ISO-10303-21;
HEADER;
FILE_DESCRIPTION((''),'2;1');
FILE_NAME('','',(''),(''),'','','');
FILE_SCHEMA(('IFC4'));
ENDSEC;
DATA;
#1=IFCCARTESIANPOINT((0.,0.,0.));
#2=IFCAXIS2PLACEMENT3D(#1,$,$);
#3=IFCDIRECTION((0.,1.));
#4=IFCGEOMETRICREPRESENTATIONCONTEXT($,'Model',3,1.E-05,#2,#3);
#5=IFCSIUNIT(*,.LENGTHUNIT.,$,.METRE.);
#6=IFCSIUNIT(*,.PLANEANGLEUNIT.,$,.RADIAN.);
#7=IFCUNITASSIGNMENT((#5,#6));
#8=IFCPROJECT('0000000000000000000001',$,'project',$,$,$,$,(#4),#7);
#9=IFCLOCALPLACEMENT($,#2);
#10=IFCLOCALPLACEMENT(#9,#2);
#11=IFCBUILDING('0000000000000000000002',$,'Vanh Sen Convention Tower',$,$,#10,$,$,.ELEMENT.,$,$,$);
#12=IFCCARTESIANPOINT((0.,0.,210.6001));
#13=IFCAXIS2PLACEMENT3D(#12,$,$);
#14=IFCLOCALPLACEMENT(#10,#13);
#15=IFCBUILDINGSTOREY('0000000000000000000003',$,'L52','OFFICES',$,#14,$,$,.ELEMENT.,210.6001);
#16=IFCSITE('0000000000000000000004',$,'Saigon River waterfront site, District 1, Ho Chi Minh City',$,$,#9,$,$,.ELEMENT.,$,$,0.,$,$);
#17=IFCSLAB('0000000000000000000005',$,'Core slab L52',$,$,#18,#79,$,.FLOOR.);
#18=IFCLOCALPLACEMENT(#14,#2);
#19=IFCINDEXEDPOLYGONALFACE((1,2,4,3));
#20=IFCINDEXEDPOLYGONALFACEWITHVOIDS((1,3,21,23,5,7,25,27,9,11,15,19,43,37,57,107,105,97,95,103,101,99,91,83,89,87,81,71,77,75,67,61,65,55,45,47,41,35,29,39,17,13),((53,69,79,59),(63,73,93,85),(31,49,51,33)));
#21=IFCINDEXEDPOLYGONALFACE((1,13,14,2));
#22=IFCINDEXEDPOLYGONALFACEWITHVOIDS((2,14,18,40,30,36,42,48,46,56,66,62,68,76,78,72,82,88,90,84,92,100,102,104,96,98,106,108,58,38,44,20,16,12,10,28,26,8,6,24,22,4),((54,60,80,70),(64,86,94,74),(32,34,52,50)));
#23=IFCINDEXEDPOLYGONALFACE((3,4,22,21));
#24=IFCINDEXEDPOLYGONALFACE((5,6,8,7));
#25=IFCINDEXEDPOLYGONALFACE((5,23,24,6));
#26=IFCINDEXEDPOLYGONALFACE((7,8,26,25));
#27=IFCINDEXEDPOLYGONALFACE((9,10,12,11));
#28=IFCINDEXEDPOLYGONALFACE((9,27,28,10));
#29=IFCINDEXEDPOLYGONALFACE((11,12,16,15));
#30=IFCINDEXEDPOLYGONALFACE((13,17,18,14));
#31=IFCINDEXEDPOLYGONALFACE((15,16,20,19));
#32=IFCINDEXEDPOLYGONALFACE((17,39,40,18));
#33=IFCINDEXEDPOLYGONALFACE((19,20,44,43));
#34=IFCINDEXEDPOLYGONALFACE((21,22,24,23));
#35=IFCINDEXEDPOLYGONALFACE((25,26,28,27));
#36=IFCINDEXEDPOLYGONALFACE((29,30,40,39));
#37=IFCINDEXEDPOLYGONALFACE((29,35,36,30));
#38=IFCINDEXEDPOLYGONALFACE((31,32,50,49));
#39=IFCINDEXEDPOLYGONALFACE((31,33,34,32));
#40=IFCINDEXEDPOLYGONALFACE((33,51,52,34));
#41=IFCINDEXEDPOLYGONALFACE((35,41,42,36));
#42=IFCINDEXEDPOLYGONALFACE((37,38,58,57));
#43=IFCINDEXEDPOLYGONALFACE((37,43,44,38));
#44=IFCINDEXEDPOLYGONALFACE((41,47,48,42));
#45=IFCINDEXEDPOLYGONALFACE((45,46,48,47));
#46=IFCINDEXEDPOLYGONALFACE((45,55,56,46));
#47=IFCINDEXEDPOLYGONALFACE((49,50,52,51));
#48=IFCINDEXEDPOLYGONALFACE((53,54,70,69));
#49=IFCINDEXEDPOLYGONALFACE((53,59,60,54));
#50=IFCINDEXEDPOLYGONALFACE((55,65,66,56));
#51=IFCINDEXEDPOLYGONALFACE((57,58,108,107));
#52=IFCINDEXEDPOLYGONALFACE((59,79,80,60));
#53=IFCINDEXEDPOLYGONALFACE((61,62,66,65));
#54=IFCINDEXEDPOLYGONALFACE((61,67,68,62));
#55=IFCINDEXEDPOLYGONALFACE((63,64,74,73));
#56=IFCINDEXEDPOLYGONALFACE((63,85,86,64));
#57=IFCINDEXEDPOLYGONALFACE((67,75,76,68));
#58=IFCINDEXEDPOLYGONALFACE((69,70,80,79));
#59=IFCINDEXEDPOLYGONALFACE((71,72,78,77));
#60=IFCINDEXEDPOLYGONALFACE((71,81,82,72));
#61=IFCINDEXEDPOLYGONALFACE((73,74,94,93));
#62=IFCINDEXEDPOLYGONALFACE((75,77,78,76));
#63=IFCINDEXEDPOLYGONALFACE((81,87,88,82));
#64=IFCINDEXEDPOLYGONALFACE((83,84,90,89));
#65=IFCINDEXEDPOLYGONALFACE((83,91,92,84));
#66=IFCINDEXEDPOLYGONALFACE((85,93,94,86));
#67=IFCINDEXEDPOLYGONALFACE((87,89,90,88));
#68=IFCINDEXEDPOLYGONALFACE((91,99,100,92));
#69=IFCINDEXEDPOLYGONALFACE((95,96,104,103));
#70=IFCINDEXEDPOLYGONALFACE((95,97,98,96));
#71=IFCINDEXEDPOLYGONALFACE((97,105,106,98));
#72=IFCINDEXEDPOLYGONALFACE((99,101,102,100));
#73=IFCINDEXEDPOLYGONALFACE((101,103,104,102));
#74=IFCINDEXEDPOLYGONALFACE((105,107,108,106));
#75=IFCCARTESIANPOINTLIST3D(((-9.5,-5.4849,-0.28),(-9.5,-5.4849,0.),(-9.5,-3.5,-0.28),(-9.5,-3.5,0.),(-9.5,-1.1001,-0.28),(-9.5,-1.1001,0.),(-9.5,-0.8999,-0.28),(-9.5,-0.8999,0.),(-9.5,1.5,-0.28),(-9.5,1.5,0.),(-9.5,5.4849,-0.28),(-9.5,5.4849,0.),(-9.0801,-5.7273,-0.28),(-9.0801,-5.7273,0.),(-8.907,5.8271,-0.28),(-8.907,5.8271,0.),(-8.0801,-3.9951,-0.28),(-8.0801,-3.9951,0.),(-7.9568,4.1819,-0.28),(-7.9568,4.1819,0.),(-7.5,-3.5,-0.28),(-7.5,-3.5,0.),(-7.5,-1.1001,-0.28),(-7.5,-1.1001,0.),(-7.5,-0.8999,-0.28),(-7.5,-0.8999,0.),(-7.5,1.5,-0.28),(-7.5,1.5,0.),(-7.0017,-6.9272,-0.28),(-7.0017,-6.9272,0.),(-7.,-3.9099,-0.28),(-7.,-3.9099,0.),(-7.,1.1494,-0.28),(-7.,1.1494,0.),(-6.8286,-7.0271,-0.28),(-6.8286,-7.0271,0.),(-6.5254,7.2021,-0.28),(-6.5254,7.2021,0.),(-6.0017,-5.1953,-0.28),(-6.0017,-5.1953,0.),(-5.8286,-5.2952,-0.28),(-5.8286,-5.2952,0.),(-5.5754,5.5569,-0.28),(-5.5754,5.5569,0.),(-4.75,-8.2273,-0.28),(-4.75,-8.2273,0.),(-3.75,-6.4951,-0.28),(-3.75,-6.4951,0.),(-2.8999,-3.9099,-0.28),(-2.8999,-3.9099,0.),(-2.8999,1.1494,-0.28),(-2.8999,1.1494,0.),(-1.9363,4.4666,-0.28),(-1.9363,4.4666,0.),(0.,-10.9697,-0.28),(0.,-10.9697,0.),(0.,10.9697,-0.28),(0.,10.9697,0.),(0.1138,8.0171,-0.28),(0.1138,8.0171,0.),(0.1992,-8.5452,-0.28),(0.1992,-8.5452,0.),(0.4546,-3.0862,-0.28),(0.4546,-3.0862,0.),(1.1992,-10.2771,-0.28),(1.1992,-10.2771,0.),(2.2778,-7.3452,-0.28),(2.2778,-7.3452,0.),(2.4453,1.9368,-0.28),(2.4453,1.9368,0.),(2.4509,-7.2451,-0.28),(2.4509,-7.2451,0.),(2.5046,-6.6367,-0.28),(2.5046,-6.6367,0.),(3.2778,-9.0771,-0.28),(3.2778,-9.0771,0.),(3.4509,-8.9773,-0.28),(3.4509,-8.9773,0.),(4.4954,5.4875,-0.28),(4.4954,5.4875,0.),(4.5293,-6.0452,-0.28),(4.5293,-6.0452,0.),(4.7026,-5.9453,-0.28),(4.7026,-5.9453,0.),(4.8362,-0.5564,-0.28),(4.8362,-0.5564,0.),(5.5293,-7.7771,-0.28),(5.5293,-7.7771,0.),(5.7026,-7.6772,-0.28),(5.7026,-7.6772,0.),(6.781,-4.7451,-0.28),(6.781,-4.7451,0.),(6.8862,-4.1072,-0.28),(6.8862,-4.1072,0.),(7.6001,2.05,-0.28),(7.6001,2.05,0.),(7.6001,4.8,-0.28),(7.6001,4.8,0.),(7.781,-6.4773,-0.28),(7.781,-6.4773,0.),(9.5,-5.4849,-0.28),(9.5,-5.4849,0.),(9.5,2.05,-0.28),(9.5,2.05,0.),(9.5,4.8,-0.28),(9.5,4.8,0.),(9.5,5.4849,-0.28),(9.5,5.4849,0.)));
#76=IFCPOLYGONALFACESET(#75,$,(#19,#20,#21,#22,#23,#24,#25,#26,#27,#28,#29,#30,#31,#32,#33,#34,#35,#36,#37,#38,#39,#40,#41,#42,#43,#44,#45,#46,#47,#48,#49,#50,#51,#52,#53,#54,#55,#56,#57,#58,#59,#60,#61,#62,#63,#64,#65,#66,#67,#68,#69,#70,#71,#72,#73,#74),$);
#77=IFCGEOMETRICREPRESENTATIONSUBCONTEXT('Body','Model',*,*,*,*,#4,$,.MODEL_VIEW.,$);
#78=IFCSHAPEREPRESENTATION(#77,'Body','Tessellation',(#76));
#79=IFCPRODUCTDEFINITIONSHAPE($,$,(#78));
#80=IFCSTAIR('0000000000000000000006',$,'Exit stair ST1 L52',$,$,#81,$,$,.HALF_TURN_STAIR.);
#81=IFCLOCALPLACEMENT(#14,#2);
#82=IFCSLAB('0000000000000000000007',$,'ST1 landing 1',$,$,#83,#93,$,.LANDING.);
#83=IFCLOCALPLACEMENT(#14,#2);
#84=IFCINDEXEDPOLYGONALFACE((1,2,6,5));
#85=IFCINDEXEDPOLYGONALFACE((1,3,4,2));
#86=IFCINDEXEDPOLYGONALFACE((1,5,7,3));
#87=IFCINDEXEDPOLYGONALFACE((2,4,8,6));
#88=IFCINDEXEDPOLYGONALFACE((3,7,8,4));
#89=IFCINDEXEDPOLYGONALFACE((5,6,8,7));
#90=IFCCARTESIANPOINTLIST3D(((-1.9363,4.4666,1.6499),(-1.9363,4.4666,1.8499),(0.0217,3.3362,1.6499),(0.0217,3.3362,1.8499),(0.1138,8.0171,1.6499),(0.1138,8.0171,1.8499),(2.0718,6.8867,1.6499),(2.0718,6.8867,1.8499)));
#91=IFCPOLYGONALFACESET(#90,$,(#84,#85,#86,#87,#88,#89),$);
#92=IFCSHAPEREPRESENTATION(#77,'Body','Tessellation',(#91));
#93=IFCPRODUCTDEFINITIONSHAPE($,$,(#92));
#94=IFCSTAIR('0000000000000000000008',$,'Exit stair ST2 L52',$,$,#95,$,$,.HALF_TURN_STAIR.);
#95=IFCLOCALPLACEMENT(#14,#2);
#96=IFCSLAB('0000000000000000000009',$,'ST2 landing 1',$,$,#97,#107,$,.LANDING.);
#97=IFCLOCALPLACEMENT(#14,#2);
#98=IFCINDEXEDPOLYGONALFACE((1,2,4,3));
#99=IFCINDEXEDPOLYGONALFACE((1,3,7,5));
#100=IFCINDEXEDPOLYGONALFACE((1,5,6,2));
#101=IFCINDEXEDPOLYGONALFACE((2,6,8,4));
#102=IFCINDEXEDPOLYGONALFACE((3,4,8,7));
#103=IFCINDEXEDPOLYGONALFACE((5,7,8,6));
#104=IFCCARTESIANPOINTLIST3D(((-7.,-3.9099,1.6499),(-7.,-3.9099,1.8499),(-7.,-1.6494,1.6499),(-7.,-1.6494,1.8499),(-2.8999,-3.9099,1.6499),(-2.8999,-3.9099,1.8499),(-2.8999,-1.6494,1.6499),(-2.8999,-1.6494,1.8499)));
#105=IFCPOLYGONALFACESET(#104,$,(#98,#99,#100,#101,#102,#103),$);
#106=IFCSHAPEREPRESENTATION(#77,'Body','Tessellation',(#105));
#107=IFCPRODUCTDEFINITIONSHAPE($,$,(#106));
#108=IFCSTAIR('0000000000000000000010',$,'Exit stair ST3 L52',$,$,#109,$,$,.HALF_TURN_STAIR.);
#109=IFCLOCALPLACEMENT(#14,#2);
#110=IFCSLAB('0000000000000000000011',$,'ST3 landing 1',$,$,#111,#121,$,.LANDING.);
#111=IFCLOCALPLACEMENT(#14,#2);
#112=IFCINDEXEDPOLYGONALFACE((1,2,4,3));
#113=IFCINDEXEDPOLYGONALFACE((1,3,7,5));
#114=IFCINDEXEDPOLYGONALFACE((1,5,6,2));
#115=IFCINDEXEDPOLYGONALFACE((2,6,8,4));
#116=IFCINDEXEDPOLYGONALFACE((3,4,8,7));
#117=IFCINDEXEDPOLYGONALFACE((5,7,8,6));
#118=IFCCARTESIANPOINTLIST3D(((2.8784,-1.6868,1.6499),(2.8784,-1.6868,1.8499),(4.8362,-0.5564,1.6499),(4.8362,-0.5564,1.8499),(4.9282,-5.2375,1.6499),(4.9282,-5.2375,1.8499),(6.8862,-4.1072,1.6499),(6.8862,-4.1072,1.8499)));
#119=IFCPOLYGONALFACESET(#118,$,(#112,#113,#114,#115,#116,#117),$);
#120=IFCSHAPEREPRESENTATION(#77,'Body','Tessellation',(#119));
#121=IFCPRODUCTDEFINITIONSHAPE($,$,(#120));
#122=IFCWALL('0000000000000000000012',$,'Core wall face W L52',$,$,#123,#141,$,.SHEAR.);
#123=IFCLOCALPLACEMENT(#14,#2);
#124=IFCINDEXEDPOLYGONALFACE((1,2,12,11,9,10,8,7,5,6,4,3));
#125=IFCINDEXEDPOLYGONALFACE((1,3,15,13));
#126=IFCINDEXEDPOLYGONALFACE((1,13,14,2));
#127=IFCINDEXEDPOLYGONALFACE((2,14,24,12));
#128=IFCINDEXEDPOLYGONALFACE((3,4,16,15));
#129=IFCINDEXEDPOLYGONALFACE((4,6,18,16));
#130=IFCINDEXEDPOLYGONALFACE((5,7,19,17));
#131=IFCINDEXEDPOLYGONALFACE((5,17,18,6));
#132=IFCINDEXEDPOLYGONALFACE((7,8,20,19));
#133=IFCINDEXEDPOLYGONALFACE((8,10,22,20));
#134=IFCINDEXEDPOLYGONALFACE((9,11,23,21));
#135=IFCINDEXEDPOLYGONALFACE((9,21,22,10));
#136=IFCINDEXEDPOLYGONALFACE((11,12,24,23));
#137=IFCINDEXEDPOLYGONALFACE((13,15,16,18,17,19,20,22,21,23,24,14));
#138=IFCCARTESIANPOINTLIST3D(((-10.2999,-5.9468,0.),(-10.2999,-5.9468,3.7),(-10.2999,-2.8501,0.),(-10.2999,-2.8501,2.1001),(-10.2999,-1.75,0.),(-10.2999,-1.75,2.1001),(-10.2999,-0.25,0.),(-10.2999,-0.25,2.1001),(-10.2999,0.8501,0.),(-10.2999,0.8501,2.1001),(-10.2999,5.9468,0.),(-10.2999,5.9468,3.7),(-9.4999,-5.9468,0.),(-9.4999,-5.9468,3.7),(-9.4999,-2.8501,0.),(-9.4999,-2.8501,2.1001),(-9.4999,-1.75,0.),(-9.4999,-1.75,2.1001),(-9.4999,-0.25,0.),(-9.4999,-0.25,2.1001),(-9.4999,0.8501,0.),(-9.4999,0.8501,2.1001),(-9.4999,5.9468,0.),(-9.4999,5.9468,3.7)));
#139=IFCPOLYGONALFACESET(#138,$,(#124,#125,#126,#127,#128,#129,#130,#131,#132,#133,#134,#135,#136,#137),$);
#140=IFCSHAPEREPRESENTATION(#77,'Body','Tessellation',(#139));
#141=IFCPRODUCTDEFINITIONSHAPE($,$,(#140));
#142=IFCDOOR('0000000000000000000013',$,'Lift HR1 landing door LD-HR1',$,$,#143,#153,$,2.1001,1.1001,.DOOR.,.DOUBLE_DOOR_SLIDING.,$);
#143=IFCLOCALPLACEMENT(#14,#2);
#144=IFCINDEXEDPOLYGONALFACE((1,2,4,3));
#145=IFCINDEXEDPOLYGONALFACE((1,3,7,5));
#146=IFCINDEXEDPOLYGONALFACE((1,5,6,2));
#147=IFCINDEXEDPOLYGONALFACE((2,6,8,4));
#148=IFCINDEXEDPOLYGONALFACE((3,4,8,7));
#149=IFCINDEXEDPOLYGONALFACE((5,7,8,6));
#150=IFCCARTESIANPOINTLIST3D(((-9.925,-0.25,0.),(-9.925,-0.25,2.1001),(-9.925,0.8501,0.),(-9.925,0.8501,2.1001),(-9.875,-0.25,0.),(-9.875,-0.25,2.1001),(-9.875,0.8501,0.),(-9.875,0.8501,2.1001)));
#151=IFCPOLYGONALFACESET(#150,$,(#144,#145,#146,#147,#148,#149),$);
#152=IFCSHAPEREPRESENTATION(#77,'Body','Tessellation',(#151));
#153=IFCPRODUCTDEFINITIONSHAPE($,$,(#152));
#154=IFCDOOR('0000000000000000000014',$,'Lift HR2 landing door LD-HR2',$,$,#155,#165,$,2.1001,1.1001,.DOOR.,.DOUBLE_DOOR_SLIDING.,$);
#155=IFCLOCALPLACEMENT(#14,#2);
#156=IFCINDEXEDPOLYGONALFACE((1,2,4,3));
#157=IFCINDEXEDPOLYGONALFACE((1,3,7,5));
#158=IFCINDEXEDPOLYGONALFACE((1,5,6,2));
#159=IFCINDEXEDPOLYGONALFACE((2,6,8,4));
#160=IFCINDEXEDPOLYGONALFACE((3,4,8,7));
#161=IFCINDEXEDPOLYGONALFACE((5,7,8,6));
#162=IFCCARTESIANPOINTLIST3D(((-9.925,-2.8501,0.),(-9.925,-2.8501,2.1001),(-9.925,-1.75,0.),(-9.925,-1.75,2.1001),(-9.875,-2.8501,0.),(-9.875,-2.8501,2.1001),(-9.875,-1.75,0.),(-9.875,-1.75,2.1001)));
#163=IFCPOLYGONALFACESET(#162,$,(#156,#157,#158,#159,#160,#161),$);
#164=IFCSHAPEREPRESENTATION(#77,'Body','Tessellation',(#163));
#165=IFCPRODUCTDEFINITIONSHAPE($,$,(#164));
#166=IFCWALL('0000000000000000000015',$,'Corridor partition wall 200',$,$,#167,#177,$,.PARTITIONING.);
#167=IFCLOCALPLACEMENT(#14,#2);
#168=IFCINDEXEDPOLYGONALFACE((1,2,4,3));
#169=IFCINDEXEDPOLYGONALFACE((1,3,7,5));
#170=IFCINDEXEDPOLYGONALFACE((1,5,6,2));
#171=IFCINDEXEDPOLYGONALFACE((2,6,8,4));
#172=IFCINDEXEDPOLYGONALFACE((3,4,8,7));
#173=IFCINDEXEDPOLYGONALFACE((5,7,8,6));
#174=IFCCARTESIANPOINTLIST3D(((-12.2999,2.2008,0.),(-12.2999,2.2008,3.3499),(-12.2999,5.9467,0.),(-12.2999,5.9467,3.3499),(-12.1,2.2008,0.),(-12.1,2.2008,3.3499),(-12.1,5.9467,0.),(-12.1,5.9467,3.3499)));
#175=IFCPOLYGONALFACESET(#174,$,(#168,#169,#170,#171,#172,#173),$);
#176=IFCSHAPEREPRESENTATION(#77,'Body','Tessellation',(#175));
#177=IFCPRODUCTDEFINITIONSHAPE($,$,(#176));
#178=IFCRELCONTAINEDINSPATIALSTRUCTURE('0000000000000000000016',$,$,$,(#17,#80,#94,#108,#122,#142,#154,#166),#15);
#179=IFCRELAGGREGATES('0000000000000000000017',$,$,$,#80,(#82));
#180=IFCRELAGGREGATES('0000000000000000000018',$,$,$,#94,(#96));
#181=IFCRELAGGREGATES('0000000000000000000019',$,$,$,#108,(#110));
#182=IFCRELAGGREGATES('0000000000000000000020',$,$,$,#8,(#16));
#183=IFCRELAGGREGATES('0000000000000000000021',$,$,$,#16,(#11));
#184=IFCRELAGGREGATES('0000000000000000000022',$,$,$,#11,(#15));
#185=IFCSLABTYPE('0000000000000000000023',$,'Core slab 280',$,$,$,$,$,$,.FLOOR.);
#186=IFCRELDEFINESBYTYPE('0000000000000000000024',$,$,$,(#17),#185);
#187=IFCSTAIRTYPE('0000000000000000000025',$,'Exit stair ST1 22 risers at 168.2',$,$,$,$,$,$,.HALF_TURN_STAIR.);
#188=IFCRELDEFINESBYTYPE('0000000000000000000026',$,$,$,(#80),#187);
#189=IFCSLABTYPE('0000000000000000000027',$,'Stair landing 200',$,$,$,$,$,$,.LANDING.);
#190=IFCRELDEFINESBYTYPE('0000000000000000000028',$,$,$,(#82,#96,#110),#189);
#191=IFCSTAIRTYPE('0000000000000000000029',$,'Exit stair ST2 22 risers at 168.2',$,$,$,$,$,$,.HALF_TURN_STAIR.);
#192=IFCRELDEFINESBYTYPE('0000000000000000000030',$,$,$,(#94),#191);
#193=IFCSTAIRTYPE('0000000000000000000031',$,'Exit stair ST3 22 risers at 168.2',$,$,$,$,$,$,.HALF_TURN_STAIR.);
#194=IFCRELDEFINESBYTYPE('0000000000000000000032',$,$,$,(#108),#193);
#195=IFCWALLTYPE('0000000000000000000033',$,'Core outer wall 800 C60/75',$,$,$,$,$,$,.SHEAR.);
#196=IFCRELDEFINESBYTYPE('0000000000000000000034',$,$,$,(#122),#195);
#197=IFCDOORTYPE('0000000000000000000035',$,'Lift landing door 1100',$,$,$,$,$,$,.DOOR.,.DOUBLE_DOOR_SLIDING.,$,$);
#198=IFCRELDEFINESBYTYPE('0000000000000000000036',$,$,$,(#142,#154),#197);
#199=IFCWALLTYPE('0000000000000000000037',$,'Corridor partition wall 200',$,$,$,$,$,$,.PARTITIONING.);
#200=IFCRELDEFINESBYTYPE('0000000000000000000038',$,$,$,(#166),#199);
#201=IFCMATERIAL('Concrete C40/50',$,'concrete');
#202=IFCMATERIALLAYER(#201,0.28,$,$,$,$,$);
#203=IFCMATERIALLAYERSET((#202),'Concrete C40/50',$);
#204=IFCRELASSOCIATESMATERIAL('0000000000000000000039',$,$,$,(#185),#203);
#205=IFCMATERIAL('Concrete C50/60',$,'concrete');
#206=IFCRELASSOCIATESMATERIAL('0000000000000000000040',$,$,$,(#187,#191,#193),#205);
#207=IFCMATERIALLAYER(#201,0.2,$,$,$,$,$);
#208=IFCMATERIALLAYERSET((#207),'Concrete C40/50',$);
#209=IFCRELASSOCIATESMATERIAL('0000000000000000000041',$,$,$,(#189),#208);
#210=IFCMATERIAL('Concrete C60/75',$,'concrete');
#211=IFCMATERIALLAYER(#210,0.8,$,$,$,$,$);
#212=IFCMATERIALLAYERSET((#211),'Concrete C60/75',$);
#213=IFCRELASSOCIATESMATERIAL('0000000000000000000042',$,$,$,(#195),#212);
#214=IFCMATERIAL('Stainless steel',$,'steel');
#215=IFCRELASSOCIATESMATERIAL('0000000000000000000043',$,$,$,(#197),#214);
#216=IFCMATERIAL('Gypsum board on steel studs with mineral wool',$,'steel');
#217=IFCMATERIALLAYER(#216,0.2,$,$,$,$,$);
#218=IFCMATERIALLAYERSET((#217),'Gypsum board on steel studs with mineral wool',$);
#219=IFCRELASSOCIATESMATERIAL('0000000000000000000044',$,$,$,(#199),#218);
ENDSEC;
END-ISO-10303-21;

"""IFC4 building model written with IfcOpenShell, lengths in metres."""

from ifc_helpers import new_model, si_unit, direction, frame, frame_2d, origin, place, context, subcontext, project, spatial, polyline, rectangle, outline, extrude, material, layer, layer_set, type_object, element, fill, aggregate, save


model = new_model("IFC4")

# Units and contexts
model_context = context("Model", 3, precision=1e-05, world=origin(), true_north=direction((0.0, 1.0)))
body_context = subcontext(model_context, "Body", "Model", "MODEL_VIEW")
ifc_project = project(units=[si_unit("LENGTHUNIT", "METRE"), si_unit("PLANEANGLEUNIT", "RADIAN")], contexts=[model_context])

# Site, building, storey
site_placement = place(None, origin())
site = spatial("IfcSite", under=ifc_project, at=site_placement, Name="Saigon River waterfront site, District 1, Ho Chi Minh City", CompositionType="ELEMENT", RefElevation=0.0)
building_placement = place(site_placement, origin())
building = spatial("IfcBuilding", under=site, at=building_placement, Name="Vanh Sen Convention Tower", CompositionType="ELEMENT")
storey_placement = place(building_placement, frame((0.0, 0.0, 210.6001)))
storey = spatial("IfcBuildingStorey", under=building, at=storey_placement, Name="L52", Description="OFFICES", CompositionType="ELEMENT", Elevation=210.6001)

# Slab
ifc_material_1 = material(Name="Concrete C40/50", Category="concrete")
ifc_layer_1 = layer(ifc_material_1, 0.28)
ifc_layer_set_1 = layer_set([ifc_layer_1], Name="Concrete C40/50")
slab_type_1 = type_object("IfcSlabType", Name="Core slab 280", PredefinedType="FLOOR", material=ifc_layer_set_1)
slab_1_placement = place(storey_placement, frame((0.0, 0.0, -0.28)))
element("IfcSlab", 1, at=slab_1_placement, inside=storey, type_object=slab_type_1, Name="Core slab L52", PredefinedType="FLOOR", context=body_context, shape_type="SweptSolid", body=[
    extrude(outline(polyline([(0.0, 10.9697), (9.5, 5.4849), (9.5, 4.8), (7.6001, 4.8), (7.6001, 2.05), (9.5, 2.05), (9.5, -5.4849), (7.781, -6.4773), (6.781, -4.7451), (4.7026, -5.9453), (5.7026, -7.6772), (5.5293, -7.7771), (4.5293, -6.0452), (2.4509, -7.2451), (3.4509, -8.9773), (3.2778, -9.0771), (2.2778, -7.3452), (0.1992, -8.5452), (1.1992, -10.2771), (0.0, -10.9697), (-4.75, -8.2273), (-3.75, -6.4951), (-5.8286, -5.2952), (-6.8286, -7.0271), (-7.0017, -6.9272), (-6.0017, -5.1953), (-8.0801, -3.9951), (-9.0801, -5.7273), (-9.5, -5.4849), (-9.5, -3.5), (-7.5, -3.5), (-7.5, -1.1001), (-9.5, -1.1001), (-9.5, -0.8999), (-7.5, -0.8999), (-7.5, 1.5), (-9.5, 1.5), (-9.5, 5.4849), (-8.907, 5.8271), (-7.9568, 4.1819), (-5.5754, 5.5569), (-6.5254, 7.2021), (0.0, 10.9697)]), holes=[polyline([(-7.0, 1.1494), (-7.0, -3.9099), (-2.8999, -3.9099), (-2.8999, 1.1494), (-7.0, 1.1494)]), polyline([(2.5046, -6.6367), (6.8862, -4.1072), (4.8362, -0.5564), (0.4546, -3.0862), (2.5046, -6.6367)]), polyline([(0.1138, 8.0171), (-1.9363, 4.4666), (2.4453, 1.9368), (4.4954, 5.4875), (0.1138, 8.0171)])]), origin(), (0.0, 0.0, 1.0), 0.28),
])

# Stairs, slabs
ifc_material_2 = material(Name="Concrete C50/60", Category="concrete")
stair_type_1 = type_object("IfcStairType", Name="Exit stair ST1 22 risers at 168.2", PredefinedType="HALF_TURN_STAIR", material=ifc_material_2)
stair_1_placement = place(storey_placement, origin())
stair_1 = element("IfcStair", 2, at=stair_1_placement, inside=storey, type_object=stair_type_1, Name="Exit stair ST1 L52", PredefinedType="HALF_TURN_STAIR")
ifc_layer_2 = layer(ifc_material_1, 0.2)
ifc_layer_set_2 = layer_set([ifc_layer_2], Name="Concrete C40/50")
slab_type_2 = type_object("IfcSlabType", Name="Stair landing 200", PredefinedType="LANDING", material=ifc_layer_set_2)
slab_2_placement = place(storey_placement, frame((0.0, 0.0, 1.6499)))
slab_2 = element("IfcSlab", 3, at=slab_2_placement, type_object=slab_type_2, Name="ST1 landing 1", PredefinedType="LANDING", context=body_context, shape_type="SweptSolid", body=[
    extrude(outline(polyline([(2.0718, 6.8867), (0.1138, 8.0171), (-1.9363, 4.4666), (0.0217, 3.3362), (2.0718, 6.8867)])), origin(), (0.0, 0.0, 1.0), 0.2),
])
aggregate(stair_1, [slab_2])
stair_type_2 = type_object("IfcStairType", Name="Exit stair ST2 22 risers at 168.2", PredefinedType="HALF_TURN_STAIR", material=ifc_material_2)
stair_2_placement = place(storey_placement, origin())
stair_2 = element("IfcStair", 4, at=stair_2_placement, inside=storey, type_object=stair_type_2, Name="Exit stair ST2 L52", PredefinedType="HALF_TURN_STAIR")
slab_3_placement = place(storey_placement, frame((0.0, 0.0, 1.6499)))
slab_3 = element("IfcSlab", 5, at=slab_3_placement, type_object=slab_type_2, Name="ST2 landing 1", PredefinedType="LANDING", context=body_context, shape_type="SweptSolid", body=[
    extrude(outline(polyline([(-7.0, -1.6494), (-7.0, -3.9099), (-2.8999, -3.9099), (-2.8999, -1.6494), (-7.0, -1.6494)])), origin(), (0.0, 0.0, 1.0), 0.2),
])
aggregate(stair_2, [slab_3])
stair_type_3 = type_object("IfcStairType", Name="Exit stair ST3 22 risers at 168.2", PredefinedType="HALF_TURN_STAIR", material=ifc_material_2)
stair_3_placement = place(storey_placement, origin())
stair_3 = element("IfcStair", 6, at=stair_3_placement, inside=storey, type_object=stair_type_3, Name="Exit stair ST3 L52", PredefinedType="HALF_TURN_STAIR")
slab_4_placement = place(storey_placement, frame((0.0, 0.0, 1.6499)))
slab_4 = element("IfcSlab", 7, at=slab_4_placement, type_object=slab_type_2, Name="ST3 landing 1", PredefinedType="LANDING", context=body_context, shape_type="SweptSolid", body=[
    extrude(outline(polyline([(4.9282, -5.2375), (6.8862, -4.1072), (4.8362, -0.5564), (2.8784, -1.6868), (4.9282, -5.2375)])), origin(), (0.0, 0.0, 1.0), 0.2),
])
aggregate(stair_3, [slab_4])

# Wall, openings, doors
ifc_material_3 = material(Name="Concrete C60/75", Category="concrete")
ifc_layer_3 = layer(ifc_material_3, 0.8)
ifc_layer_set_3 = layer_set([ifc_layer_3], Name="Concrete C60/75")
wall_type_1 = type_object("IfcWallType", Name="Core outer wall 800 C60/75", PredefinedType="SHEAR", material=ifc_layer_set_3)
wall_1_placement = place(storey_placement, frame((-9.8999, 5.9468, 0.0), z_axis=(0.0, 0.0, 1.0), x_axis=(0.0, -1.0, 0.0)))
wall_1 = element("IfcWall", 8, at=wall_1_placement, inside=storey, type_object=wall_type_1, Name="Core wall face W L52", PredefinedType="SHEAR", context=body_context, shape_type="SweptSolid", body=[
    extrude(rectangle(XDim=11.8936, YDim=0.8, at=frame_2d((5.9468, 0.0))), origin(), (0.0, 0.0, 1.0), 3.7),
])
opening_1_placement = place(wall_1_placement, frame((5.0967, 0.0, 0.0)))
opening_1 = element("IfcOpeningElement", 9, at=opening_1_placement, cuts=wall_1, PredefinedType="OPENING", context=body_context, shape_type="SweptSolid", body=[
    extrude(rectangle(XDim=1.1001, YDim=2.1001, at=frame_2d((0.55, 1.05))), frame((0.0, 0.4099, 0.0), z_axis=(0.0, -1.0, 0.0), x_axis=(1.0, 0.0, 0.0)), (0.0, 0.0, 1.0), 0.8201),
])
opening_2_placement = place(wall_1_placement, frame((7.6968, 0.0, 0.0)))
opening_2 = element("IfcOpeningElement", 10, at=opening_2_placement, cuts=wall_1, PredefinedType="OPENING", context=body_context, shape_type="SweptSolid", body=[
    extrude(rectangle(XDim=1.1001, YDim=2.1001, at=frame_2d((0.55, 1.05))), frame((0.0, 0.4099, 0.0), z_axis=(0.0, -1.0, 0.0), x_axis=(1.0, 0.0, 0.0)), (0.0, 0.0, 1.0), 0.8201),
])
ifc_material_4 = material(Name="Stainless steel", Category="steel")
door_type_1 = type_object("IfcDoorType", Name="Lift landing door 1100", OperationType="DOUBLE_DOOR_SLIDING", PredefinedType="DOOR", material=ifc_material_4)
door_1_placement = place(opening_1_placement, origin())
door_1 = element("IfcDoor", 11, at=door_1_placement, inside=storey, type_object=door_type_1, Name="Lift HR1 landing door LD-HR1", OperationType="DOUBLE_DOOR_SLIDING", OverallHeight=2.1001, OverallWidth=1.1001, PredefinedType="DOOR", context=body_context, shape_type="SweptSolid", body=[
    extrude(rectangle(XDim=1.1001, YDim=2.1001, at=frame_2d((0.55, 1.05))), frame((0.0, 0.0249, 0.0), z_axis=(0.0, -1.0, 0.0), x_axis=(1.0, 0.0, 0.0)), (0.0, 0.0, 1.0), 0.05),
])
fill(opening_1, door_1)
door_2_placement = place(opening_2_placement, origin())
door_2 = element("IfcDoor", 12, at=door_2_placement, inside=storey, type_object=door_type_1, Name="Lift HR2 landing door LD-HR2", OperationType="DOUBLE_DOOR_SLIDING", OverallHeight=2.1001, OverallWidth=1.1001, PredefinedType="DOOR", context=body_context, shape_type="SweptSolid", body=[
    extrude(rectangle(XDim=1.1001, YDim=2.1001, at=frame_2d((0.55, 1.05))), frame((0.0, 0.0249, 0.0), z_axis=(0.0, -1.0, 0.0), x_axis=(1.0, 0.0, 0.0)), (0.0, 0.0, 1.0), 0.05),
])
fill(opening_2, door_2)

# Wall
ifc_material_5 = material(Name="Gypsum board on steel studs with mineral wool", Category="steel")
ifc_layer_4 = layer(ifc_material_5, 0.2)
ifc_layer_set_4 = layer_set([ifc_layer_4], Name="Gypsum board on steel studs with mineral wool")
wall_type_2 = type_object("IfcWallType", Name="Corridor partition wall 200", PredefinedType="PARTITIONING", material=ifc_layer_set_4)
wall_2_placement = place(storey_placement, frame((-12.2, 5.9468, 0.0), z_axis=(0.0, 0.0, 1.0), x_axis=(0.0, -1.0, 0.0)))
element("IfcWall", 13, at=wall_2_placement, inside=storey, type_object=wall_type_2, Name="Corridor partition wall 200", PredefinedType="PARTITIONING", context=body_context, shape_type="SweptSolid", body=[
    extrude(rectangle(XDim=3.7458, YDim=0.2, at=frame_2d((1.873, 0.0))), origin(), (0.0, 0.0, 1.0), 3.3499),
])

save(model, "model.ifc")
